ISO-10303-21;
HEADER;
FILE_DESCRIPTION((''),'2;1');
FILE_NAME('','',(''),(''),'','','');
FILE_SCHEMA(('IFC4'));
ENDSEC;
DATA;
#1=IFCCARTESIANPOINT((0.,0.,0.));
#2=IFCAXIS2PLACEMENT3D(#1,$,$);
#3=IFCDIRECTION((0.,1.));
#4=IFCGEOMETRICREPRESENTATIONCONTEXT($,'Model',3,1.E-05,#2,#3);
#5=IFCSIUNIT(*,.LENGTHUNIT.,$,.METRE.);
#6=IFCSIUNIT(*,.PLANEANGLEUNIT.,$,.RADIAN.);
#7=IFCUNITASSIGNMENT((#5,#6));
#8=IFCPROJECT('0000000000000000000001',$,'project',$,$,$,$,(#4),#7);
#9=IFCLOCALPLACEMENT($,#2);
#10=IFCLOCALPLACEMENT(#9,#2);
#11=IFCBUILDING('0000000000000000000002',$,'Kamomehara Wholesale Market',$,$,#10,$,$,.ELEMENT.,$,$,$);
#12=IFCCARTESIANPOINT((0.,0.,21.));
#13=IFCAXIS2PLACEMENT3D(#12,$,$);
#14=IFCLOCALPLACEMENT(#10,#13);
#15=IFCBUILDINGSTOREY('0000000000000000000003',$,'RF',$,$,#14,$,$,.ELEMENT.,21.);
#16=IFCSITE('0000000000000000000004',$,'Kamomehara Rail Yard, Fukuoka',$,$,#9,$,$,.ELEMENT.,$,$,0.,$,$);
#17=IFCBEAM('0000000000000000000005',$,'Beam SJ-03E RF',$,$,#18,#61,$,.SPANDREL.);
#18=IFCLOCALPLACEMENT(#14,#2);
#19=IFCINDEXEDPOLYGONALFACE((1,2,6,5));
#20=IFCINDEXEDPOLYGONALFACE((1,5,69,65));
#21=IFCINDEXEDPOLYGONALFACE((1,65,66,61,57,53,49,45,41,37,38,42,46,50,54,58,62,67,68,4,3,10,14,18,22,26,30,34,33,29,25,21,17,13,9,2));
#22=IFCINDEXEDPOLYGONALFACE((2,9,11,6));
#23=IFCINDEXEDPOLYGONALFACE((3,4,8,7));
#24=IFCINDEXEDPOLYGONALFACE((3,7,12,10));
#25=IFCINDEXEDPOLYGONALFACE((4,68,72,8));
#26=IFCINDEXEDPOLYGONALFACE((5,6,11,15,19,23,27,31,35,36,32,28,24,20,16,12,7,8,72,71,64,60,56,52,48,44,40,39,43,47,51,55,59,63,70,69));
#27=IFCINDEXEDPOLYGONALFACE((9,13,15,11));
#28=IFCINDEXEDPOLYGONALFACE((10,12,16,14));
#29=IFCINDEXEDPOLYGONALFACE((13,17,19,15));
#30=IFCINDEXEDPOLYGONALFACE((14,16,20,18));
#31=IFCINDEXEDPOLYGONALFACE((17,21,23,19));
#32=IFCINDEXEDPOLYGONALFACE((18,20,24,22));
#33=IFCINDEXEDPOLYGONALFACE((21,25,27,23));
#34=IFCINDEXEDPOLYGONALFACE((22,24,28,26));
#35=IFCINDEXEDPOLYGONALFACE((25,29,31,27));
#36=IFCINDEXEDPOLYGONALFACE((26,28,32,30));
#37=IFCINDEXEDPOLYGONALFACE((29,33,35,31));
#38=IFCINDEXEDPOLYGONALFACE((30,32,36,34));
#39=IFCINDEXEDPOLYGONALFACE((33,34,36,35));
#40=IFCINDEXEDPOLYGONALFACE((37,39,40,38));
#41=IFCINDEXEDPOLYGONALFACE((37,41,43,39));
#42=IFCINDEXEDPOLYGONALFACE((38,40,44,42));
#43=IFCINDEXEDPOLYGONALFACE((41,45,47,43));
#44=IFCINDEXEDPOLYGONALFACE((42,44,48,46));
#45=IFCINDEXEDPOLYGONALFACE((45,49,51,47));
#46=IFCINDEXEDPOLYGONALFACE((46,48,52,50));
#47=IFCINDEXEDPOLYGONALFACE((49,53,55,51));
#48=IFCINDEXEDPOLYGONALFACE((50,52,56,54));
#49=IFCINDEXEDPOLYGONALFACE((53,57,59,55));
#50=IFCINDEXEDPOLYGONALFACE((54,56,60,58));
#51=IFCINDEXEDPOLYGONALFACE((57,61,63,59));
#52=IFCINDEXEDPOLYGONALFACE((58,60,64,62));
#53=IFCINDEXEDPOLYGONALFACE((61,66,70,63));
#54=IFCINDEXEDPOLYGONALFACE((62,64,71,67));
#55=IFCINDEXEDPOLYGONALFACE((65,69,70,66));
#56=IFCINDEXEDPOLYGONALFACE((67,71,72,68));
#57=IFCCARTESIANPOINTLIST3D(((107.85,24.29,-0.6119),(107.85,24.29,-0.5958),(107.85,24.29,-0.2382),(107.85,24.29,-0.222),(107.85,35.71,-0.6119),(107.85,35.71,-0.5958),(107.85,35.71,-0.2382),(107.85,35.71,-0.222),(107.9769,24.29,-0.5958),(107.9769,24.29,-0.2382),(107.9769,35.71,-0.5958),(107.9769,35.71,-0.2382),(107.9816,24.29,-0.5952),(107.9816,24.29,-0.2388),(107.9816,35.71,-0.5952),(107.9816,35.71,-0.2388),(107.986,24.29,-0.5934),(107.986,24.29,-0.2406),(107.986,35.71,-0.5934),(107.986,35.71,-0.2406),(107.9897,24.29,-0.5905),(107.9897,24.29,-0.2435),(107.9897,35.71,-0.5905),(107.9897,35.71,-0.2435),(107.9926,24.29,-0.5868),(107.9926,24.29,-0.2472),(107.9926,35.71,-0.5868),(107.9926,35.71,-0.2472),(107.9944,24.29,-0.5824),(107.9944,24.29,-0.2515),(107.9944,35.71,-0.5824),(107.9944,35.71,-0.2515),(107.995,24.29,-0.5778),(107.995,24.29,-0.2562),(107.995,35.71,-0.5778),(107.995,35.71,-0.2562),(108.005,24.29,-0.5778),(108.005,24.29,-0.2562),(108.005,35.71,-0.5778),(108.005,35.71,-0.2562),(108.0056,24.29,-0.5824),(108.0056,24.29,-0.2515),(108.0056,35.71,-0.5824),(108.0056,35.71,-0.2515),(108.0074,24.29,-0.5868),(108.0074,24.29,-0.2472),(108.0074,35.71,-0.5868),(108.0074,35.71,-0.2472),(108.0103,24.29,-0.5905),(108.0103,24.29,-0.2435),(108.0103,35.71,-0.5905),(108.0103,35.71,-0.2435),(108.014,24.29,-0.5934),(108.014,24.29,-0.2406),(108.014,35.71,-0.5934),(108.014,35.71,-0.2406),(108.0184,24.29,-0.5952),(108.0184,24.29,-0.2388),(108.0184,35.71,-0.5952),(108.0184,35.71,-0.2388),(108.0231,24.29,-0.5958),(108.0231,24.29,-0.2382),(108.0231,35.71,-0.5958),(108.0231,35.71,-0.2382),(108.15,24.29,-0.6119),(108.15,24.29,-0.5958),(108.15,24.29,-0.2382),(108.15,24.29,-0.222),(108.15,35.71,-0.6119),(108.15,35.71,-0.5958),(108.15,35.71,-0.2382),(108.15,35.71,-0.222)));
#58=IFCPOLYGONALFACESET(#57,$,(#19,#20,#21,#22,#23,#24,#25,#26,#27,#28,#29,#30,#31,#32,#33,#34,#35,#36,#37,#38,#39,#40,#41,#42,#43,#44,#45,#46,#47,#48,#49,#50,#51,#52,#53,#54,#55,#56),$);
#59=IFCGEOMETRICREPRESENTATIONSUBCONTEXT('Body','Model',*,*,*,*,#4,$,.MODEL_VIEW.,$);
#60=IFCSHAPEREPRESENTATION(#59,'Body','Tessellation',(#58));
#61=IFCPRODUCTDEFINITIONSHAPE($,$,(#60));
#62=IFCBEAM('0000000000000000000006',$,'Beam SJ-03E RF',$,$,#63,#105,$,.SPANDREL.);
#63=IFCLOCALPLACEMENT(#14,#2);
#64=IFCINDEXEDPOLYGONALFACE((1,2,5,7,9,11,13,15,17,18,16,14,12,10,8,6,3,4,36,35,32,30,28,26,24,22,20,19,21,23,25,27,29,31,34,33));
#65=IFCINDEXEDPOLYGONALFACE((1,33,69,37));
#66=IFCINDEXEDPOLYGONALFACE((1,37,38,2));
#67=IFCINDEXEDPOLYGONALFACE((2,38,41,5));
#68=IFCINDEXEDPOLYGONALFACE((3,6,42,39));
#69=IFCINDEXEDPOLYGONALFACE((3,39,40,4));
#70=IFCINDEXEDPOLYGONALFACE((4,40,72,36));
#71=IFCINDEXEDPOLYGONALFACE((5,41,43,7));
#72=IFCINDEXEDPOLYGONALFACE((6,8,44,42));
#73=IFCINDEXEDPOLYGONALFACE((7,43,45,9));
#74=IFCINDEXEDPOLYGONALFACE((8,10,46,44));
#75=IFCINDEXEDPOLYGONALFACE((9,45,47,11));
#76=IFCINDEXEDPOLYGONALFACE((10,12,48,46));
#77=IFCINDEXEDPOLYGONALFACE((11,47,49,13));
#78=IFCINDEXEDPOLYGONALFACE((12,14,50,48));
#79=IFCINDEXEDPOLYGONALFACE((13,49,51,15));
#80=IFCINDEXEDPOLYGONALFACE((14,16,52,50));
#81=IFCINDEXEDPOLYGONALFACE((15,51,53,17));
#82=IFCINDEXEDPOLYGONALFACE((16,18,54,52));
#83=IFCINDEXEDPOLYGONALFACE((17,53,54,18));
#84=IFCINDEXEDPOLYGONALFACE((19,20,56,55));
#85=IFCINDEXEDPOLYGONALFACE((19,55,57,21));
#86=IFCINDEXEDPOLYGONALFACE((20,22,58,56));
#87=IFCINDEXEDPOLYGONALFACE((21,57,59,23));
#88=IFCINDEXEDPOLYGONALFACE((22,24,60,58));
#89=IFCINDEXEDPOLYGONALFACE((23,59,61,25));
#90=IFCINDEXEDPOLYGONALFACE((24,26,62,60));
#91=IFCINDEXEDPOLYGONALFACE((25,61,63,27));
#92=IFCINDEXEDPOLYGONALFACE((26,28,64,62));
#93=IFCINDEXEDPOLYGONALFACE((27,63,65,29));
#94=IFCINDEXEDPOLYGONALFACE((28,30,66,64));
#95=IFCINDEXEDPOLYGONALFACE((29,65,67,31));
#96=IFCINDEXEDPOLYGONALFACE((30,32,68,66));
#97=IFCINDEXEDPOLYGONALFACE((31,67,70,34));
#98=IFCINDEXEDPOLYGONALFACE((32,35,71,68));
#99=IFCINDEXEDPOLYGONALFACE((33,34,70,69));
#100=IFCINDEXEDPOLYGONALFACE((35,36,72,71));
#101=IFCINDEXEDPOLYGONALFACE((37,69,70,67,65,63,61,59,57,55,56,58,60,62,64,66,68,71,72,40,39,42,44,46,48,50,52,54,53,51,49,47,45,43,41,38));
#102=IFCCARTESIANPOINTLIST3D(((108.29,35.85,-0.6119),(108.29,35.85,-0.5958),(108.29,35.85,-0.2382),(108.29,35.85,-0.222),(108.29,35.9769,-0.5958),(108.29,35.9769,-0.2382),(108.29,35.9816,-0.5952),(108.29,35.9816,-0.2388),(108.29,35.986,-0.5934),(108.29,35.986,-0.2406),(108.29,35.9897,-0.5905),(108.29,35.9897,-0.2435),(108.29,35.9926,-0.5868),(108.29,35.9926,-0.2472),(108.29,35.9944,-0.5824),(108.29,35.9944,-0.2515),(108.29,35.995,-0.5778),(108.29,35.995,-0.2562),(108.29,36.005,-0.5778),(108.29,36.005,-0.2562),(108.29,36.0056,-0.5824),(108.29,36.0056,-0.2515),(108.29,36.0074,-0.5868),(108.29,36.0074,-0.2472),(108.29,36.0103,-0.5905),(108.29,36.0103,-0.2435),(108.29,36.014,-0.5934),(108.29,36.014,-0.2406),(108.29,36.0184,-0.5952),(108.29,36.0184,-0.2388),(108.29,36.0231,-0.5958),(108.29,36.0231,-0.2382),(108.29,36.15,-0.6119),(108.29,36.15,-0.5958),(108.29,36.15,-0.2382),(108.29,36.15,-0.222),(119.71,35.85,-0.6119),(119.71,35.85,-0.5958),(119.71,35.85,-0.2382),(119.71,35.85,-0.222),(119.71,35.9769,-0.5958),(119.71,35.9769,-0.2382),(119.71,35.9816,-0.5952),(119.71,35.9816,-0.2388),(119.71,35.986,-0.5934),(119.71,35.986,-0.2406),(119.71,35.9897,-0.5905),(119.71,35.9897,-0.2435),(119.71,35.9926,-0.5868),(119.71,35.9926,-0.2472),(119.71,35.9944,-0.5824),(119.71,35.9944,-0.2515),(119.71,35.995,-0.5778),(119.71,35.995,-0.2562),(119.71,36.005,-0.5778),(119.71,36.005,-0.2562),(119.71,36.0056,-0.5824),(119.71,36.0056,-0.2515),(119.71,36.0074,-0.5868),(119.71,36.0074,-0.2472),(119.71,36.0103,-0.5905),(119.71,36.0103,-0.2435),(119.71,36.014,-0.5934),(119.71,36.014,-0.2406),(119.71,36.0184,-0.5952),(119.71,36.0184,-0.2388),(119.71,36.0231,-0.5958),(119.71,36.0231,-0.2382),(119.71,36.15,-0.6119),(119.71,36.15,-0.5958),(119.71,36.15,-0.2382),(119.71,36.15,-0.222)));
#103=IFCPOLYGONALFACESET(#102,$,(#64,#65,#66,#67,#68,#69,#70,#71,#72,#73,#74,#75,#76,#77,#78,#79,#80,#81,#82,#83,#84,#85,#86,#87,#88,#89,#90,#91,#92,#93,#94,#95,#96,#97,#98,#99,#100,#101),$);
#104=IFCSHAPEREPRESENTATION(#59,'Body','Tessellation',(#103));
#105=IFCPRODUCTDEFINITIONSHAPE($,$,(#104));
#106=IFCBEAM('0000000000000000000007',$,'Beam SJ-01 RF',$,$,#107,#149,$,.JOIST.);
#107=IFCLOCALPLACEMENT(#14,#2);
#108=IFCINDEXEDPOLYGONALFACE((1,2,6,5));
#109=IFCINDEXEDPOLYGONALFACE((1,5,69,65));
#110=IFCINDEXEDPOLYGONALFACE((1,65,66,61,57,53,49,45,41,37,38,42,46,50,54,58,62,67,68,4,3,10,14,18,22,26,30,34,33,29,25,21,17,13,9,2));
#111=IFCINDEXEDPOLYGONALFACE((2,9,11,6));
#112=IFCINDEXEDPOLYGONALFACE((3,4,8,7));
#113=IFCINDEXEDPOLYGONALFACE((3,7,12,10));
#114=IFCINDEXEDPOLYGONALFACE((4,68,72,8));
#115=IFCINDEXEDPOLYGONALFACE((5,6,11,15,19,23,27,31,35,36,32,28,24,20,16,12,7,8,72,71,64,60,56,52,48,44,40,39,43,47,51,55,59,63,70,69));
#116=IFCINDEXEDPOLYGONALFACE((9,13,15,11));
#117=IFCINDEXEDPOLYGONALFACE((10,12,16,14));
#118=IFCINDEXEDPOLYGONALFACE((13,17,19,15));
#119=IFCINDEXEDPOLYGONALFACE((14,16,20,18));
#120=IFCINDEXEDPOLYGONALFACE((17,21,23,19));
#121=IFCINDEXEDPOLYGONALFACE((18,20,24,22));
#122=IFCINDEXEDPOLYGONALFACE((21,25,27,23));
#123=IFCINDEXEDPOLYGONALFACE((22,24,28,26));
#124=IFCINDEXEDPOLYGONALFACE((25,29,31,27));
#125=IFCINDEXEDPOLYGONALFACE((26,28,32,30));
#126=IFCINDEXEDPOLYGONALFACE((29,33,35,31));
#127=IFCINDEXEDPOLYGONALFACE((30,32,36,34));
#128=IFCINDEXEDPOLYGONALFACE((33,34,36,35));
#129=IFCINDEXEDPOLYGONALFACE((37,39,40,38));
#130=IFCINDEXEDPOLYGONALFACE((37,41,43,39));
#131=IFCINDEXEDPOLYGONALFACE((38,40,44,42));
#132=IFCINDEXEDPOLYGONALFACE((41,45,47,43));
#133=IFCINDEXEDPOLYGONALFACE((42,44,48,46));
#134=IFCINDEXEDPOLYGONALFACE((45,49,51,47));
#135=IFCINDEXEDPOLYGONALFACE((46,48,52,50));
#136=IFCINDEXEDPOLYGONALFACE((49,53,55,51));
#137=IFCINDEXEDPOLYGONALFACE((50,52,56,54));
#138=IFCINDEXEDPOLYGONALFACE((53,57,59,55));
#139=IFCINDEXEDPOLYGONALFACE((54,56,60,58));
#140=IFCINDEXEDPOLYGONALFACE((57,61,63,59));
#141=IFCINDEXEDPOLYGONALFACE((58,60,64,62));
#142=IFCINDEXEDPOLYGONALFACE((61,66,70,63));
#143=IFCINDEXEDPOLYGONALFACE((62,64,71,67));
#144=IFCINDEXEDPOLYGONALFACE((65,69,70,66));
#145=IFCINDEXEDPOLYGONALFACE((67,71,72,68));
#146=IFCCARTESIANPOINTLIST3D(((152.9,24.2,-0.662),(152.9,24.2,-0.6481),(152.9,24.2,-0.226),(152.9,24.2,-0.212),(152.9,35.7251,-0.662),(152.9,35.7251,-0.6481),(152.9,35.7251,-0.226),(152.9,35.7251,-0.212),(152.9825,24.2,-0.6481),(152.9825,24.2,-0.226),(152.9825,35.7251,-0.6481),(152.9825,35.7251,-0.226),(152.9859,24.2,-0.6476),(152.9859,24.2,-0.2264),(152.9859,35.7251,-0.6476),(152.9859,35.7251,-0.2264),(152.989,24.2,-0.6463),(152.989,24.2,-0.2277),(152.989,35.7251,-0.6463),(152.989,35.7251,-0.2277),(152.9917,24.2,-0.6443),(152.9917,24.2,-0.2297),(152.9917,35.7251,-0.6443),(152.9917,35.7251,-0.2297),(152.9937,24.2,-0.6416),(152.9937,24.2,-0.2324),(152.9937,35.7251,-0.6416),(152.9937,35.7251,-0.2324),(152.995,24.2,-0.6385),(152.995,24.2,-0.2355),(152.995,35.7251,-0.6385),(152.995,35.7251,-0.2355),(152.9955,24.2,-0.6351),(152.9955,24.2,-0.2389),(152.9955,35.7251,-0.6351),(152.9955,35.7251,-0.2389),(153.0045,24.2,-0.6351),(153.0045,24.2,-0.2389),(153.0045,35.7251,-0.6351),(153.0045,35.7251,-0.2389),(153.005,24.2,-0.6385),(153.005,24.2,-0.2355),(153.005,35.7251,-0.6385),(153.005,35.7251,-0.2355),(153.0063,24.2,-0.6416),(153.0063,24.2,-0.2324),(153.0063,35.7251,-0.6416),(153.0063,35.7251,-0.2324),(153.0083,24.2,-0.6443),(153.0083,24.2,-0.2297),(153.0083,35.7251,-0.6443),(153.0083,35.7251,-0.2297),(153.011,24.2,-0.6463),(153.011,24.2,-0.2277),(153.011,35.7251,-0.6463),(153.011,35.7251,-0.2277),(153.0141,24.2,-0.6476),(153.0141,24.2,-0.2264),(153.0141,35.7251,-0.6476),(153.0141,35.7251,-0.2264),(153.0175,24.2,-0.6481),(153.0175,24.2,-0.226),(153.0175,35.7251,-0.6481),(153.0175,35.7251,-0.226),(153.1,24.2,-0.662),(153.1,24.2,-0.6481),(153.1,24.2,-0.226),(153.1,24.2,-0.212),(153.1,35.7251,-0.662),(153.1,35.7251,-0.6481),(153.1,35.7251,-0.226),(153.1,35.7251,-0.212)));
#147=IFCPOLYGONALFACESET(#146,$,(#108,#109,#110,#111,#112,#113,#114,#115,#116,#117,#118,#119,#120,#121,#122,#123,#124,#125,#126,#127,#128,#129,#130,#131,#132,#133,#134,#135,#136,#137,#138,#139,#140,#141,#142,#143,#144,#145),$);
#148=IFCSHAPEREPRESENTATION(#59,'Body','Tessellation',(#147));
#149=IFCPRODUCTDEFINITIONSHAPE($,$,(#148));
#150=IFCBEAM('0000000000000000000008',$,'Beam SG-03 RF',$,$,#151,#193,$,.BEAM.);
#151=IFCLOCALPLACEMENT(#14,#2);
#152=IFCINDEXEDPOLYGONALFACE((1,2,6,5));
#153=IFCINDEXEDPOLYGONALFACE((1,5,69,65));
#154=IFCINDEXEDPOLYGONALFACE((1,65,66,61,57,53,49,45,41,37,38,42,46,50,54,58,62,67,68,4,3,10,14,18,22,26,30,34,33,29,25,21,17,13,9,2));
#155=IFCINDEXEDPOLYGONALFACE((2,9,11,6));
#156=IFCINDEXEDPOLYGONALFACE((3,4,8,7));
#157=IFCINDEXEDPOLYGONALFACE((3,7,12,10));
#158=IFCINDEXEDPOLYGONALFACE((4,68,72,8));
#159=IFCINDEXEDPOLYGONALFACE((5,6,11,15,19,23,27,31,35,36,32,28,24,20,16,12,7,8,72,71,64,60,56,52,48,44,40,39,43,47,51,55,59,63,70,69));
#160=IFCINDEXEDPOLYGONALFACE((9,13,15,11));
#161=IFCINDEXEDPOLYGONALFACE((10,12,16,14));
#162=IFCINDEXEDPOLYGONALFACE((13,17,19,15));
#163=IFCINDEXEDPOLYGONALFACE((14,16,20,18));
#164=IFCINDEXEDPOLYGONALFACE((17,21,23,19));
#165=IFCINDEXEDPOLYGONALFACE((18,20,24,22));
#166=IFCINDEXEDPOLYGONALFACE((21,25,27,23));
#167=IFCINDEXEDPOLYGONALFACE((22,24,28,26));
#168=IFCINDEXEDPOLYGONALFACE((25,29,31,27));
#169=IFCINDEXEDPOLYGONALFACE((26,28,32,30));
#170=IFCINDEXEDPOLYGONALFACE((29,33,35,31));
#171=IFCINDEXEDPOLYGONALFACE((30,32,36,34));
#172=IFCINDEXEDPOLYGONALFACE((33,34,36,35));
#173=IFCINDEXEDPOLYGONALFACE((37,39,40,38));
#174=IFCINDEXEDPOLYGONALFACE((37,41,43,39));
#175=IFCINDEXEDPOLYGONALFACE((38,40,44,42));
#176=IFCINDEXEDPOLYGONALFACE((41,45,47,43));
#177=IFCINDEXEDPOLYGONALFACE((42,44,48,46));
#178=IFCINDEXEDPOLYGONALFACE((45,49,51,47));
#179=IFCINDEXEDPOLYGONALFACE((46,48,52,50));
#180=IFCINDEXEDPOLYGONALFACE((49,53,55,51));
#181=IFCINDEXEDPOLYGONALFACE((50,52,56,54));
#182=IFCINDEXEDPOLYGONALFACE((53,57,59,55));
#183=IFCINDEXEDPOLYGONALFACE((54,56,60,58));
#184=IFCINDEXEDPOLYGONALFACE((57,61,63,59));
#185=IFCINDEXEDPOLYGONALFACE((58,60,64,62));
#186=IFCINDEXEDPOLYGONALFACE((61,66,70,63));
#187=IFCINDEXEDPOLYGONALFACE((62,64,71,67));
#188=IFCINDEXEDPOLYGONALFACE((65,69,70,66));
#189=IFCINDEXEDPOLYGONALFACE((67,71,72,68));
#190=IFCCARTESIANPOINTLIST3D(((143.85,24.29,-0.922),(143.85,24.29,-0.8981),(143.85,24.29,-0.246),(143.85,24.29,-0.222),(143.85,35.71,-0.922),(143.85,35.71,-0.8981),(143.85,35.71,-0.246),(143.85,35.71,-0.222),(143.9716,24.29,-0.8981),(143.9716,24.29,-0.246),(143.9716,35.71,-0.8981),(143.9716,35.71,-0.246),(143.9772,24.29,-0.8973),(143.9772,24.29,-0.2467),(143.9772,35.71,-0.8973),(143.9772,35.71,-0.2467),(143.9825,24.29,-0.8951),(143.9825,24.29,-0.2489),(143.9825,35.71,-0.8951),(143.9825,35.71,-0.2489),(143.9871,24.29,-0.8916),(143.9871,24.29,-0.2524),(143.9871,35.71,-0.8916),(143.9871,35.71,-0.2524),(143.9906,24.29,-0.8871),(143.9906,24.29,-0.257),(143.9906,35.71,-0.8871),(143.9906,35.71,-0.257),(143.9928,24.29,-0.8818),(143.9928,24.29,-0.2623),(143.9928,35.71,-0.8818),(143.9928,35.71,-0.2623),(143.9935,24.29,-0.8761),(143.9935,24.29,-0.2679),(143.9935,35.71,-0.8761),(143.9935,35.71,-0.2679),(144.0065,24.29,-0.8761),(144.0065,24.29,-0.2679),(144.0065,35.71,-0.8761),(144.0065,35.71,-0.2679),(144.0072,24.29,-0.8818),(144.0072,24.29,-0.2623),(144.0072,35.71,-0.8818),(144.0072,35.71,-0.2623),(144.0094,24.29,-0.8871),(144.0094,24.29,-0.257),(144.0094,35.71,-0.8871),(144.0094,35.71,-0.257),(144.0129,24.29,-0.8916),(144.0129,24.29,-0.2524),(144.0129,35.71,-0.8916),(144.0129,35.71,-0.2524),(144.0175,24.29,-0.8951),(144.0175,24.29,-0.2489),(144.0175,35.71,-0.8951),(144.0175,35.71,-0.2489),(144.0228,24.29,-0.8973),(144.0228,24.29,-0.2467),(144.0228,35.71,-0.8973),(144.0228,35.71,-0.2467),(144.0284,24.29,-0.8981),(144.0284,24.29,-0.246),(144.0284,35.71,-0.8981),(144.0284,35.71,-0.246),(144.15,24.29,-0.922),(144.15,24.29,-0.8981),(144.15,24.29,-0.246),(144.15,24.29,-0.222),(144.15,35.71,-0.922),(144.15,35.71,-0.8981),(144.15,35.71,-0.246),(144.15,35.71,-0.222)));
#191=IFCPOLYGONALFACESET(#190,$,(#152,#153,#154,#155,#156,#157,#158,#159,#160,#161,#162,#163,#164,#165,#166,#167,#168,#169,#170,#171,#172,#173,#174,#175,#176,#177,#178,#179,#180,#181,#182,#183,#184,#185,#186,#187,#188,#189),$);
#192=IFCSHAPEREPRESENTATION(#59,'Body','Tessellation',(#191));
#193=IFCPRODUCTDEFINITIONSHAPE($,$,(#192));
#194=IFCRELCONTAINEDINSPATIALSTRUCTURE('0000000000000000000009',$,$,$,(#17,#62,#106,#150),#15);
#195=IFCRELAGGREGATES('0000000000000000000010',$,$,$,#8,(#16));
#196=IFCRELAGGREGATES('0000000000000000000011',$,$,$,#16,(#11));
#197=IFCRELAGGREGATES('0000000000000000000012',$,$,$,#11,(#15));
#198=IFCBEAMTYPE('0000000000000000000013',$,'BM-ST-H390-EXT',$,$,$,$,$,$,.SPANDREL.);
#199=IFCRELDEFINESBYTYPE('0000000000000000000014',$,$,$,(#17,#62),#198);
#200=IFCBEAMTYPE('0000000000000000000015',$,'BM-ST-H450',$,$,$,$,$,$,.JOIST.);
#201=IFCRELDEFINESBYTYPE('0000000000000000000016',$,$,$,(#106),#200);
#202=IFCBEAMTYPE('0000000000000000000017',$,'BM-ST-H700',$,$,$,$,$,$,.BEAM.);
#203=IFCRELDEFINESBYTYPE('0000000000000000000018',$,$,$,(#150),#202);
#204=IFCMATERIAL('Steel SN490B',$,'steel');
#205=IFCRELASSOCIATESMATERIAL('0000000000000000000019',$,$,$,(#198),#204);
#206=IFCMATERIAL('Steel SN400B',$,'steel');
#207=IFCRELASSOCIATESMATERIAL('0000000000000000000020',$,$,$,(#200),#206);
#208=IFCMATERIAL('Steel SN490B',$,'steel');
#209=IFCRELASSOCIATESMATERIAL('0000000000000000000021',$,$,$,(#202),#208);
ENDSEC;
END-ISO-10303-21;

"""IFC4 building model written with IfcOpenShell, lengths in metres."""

from ifc_helpers import new_model, si_unit, direction, frame, origin, origin_2d, place, context, subcontext, project, spatial, i_section, extrude, material, material_profile, profile_set, type_object, element, save


model = new_model("IFC4")

# Units and contexts
model_context = context("Model", 3, precision=1e-05, world=origin(), true_north=direction((0.0, 1.0)))
body_context = subcontext(model_context, "Body", "Model", "MODEL_VIEW")
ifc_project = project(units=[si_unit("LENGTHUNIT", "METRE"), si_unit("PLANEANGLEUNIT", "RADIAN")], contexts=[model_context])

# Site, building, storey
site_placement = place(None, origin())
site = spatial("IfcSite", under=ifc_project, at=site_placement, Name="Kamomehara Rail Yard, Fukuoka", CompositionType="ELEMENT", RefElevation=0.0)
building_placement = place(site_placement, origin())
building = spatial("IfcBuilding", under=site, at=building_placement, Name="Kamomehara Wholesale Market", CompositionType="ELEMENT")
storey_placement = place(building_placement, frame((0.0, 0.0, 21.0)))
storey = spatial("IfcBuildingStorey", under=building, at=storey_placement, Name="RF", CompositionType="ELEMENT", Elevation=21.0)

# Beams
ifc_material_1 = material(Name="Steel SN490B", Category="steel")
ifc_material_profile_1 = material_profile(ifc_material_1, i_section(OverallWidth=0.3, OverallDepth=0.3899, WebThickness=0.01, FlangeThickness=0.0161, FilletRadius=0.0181, at=origin_2d()), Name="H-390x300x10x16")
ifc_profile_set_1 = profile_set([ifc_material_profile_1], Name="Steel SN490B")
beam_type_1 = type_object("IfcBeamType", Name="BM-ST-H390-EXT", PredefinedType="SPANDREL", material=ifc_profile_set_1)
for number, where, z_axis, x_axis, name in (
    (1, (108.0, 24.29, -0.417), (0.0, 1.0, 0.0), (-1.0, 0.0, 0.0), "Beam SJ-03E RF"),
    (2, (108.29, 36.0, -0.417), (1.0, 0.0, 0.0), (0.0, 1.0, 0.0), "Beam SJ-03E RF"),
):
    element("IfcBeam", number, at=place(storey_placement, frame(where, z_axis=z_axis, x_axis=x_axis)), inside=storey, type_object=beam_type_1, Name=name, PredefinedType="SPANDREL", context=body_context, shape_type="SweptSolid", body=[
        extrude(i_section(OverallWidth=0.3, OverallDepth=0.3899, WebThickness=0.01, FlangeThickness=0.0161, FilletRadius=0.0181, at=origin_2d()), origin(), (0.0, 0.0, 1.0), 11.4199),
    ])
ifc_material_2 = material(Name="Steel SN400B", Category="steel")
ifc_material_profile_2 = material_profile(ifc_material_2, i_section(OverallWidth=0.2, OverallDepth=0.45, WebThickness=0.009, FlangeThickness=0.0139, FilletRadius=0.0129, at=origin_2d()), Name="H-450x200x9x14")
ifc_profile_set_2 = profile_set([ifc_material_profile_2], Name="Steel SN400B")
beam_type_2 = type_object("IfcBeamType", Name="BM-ST-H450", PredefinedType="JOIST", material=ifc_profile_set_2)
beam_1_placement = place(storey_placement, frame((153.0, 24.2, -0.437), z_axis=(0.0, 1.0, 0.0), x_axis=(-1.0, 0.0, 0.0)))
element("IfcBeam", 3, at=beam_1_placement, inside=storey, type_object=beam_type_2, Name="Beam SJ-01 RF", PredefinedType="JOIST", context=body_context, shape_type="SweptSolid", body=[
    extrude(i_section(OverallWidth=0.2, OverallDepth=0.45, WebThickness=0.009, FlangeThickness=0.0139, FilletRadius=0.0129, at=origin_2d()), origin(), (0.0, 0.0, 1.0), 11.5251),
])
ifc_material_3 = material(Name="Steel SN490B", Category="steel")
ifc_material_profile_3 = material_profile(ifc_material_3, i_section(OverallWidth=0.3, OverallDepth=0.7, WebThickness=0.0129, FlangeThickness=0.0239, FilletRadius=0.022, at=origin_2d()), Name="H-700x300x13x24")
ifc_profile_set_3 = profile_set([ifc_material_profile_3], Name="Steel SN490B")
beam_type_3 = type_object("IfcBeamType", Name="BM-ST-H700", PredefinedType="BEAM", material=ifc_profile_set_3)
beam_2_placement = place(storey_placement, frame((144.0, 24.29, -0.572), z_axis=(0.0, 1.0, 0.0), x_axis=(-1.0, 0.0, 0.0)))
element("IfcBeam", 4, at=beam_2_placement, inside=storey, type_object=beam_type_3, Name="Beam SG-03 RF", PredefinedType="BEAM", context=body_context, shape_type="SweptSolid", body=[
    extrude(i_section(OverallWidth=0.3, OverallDepth=0.7, WebThickness=0.0129, FlangeThickness=0.0239, FilletRadius=0.022, at=origin_2d()), origin(), (0.0, 0.0, 1.0), 11.4199),
])

save(model, "model.ifc")
